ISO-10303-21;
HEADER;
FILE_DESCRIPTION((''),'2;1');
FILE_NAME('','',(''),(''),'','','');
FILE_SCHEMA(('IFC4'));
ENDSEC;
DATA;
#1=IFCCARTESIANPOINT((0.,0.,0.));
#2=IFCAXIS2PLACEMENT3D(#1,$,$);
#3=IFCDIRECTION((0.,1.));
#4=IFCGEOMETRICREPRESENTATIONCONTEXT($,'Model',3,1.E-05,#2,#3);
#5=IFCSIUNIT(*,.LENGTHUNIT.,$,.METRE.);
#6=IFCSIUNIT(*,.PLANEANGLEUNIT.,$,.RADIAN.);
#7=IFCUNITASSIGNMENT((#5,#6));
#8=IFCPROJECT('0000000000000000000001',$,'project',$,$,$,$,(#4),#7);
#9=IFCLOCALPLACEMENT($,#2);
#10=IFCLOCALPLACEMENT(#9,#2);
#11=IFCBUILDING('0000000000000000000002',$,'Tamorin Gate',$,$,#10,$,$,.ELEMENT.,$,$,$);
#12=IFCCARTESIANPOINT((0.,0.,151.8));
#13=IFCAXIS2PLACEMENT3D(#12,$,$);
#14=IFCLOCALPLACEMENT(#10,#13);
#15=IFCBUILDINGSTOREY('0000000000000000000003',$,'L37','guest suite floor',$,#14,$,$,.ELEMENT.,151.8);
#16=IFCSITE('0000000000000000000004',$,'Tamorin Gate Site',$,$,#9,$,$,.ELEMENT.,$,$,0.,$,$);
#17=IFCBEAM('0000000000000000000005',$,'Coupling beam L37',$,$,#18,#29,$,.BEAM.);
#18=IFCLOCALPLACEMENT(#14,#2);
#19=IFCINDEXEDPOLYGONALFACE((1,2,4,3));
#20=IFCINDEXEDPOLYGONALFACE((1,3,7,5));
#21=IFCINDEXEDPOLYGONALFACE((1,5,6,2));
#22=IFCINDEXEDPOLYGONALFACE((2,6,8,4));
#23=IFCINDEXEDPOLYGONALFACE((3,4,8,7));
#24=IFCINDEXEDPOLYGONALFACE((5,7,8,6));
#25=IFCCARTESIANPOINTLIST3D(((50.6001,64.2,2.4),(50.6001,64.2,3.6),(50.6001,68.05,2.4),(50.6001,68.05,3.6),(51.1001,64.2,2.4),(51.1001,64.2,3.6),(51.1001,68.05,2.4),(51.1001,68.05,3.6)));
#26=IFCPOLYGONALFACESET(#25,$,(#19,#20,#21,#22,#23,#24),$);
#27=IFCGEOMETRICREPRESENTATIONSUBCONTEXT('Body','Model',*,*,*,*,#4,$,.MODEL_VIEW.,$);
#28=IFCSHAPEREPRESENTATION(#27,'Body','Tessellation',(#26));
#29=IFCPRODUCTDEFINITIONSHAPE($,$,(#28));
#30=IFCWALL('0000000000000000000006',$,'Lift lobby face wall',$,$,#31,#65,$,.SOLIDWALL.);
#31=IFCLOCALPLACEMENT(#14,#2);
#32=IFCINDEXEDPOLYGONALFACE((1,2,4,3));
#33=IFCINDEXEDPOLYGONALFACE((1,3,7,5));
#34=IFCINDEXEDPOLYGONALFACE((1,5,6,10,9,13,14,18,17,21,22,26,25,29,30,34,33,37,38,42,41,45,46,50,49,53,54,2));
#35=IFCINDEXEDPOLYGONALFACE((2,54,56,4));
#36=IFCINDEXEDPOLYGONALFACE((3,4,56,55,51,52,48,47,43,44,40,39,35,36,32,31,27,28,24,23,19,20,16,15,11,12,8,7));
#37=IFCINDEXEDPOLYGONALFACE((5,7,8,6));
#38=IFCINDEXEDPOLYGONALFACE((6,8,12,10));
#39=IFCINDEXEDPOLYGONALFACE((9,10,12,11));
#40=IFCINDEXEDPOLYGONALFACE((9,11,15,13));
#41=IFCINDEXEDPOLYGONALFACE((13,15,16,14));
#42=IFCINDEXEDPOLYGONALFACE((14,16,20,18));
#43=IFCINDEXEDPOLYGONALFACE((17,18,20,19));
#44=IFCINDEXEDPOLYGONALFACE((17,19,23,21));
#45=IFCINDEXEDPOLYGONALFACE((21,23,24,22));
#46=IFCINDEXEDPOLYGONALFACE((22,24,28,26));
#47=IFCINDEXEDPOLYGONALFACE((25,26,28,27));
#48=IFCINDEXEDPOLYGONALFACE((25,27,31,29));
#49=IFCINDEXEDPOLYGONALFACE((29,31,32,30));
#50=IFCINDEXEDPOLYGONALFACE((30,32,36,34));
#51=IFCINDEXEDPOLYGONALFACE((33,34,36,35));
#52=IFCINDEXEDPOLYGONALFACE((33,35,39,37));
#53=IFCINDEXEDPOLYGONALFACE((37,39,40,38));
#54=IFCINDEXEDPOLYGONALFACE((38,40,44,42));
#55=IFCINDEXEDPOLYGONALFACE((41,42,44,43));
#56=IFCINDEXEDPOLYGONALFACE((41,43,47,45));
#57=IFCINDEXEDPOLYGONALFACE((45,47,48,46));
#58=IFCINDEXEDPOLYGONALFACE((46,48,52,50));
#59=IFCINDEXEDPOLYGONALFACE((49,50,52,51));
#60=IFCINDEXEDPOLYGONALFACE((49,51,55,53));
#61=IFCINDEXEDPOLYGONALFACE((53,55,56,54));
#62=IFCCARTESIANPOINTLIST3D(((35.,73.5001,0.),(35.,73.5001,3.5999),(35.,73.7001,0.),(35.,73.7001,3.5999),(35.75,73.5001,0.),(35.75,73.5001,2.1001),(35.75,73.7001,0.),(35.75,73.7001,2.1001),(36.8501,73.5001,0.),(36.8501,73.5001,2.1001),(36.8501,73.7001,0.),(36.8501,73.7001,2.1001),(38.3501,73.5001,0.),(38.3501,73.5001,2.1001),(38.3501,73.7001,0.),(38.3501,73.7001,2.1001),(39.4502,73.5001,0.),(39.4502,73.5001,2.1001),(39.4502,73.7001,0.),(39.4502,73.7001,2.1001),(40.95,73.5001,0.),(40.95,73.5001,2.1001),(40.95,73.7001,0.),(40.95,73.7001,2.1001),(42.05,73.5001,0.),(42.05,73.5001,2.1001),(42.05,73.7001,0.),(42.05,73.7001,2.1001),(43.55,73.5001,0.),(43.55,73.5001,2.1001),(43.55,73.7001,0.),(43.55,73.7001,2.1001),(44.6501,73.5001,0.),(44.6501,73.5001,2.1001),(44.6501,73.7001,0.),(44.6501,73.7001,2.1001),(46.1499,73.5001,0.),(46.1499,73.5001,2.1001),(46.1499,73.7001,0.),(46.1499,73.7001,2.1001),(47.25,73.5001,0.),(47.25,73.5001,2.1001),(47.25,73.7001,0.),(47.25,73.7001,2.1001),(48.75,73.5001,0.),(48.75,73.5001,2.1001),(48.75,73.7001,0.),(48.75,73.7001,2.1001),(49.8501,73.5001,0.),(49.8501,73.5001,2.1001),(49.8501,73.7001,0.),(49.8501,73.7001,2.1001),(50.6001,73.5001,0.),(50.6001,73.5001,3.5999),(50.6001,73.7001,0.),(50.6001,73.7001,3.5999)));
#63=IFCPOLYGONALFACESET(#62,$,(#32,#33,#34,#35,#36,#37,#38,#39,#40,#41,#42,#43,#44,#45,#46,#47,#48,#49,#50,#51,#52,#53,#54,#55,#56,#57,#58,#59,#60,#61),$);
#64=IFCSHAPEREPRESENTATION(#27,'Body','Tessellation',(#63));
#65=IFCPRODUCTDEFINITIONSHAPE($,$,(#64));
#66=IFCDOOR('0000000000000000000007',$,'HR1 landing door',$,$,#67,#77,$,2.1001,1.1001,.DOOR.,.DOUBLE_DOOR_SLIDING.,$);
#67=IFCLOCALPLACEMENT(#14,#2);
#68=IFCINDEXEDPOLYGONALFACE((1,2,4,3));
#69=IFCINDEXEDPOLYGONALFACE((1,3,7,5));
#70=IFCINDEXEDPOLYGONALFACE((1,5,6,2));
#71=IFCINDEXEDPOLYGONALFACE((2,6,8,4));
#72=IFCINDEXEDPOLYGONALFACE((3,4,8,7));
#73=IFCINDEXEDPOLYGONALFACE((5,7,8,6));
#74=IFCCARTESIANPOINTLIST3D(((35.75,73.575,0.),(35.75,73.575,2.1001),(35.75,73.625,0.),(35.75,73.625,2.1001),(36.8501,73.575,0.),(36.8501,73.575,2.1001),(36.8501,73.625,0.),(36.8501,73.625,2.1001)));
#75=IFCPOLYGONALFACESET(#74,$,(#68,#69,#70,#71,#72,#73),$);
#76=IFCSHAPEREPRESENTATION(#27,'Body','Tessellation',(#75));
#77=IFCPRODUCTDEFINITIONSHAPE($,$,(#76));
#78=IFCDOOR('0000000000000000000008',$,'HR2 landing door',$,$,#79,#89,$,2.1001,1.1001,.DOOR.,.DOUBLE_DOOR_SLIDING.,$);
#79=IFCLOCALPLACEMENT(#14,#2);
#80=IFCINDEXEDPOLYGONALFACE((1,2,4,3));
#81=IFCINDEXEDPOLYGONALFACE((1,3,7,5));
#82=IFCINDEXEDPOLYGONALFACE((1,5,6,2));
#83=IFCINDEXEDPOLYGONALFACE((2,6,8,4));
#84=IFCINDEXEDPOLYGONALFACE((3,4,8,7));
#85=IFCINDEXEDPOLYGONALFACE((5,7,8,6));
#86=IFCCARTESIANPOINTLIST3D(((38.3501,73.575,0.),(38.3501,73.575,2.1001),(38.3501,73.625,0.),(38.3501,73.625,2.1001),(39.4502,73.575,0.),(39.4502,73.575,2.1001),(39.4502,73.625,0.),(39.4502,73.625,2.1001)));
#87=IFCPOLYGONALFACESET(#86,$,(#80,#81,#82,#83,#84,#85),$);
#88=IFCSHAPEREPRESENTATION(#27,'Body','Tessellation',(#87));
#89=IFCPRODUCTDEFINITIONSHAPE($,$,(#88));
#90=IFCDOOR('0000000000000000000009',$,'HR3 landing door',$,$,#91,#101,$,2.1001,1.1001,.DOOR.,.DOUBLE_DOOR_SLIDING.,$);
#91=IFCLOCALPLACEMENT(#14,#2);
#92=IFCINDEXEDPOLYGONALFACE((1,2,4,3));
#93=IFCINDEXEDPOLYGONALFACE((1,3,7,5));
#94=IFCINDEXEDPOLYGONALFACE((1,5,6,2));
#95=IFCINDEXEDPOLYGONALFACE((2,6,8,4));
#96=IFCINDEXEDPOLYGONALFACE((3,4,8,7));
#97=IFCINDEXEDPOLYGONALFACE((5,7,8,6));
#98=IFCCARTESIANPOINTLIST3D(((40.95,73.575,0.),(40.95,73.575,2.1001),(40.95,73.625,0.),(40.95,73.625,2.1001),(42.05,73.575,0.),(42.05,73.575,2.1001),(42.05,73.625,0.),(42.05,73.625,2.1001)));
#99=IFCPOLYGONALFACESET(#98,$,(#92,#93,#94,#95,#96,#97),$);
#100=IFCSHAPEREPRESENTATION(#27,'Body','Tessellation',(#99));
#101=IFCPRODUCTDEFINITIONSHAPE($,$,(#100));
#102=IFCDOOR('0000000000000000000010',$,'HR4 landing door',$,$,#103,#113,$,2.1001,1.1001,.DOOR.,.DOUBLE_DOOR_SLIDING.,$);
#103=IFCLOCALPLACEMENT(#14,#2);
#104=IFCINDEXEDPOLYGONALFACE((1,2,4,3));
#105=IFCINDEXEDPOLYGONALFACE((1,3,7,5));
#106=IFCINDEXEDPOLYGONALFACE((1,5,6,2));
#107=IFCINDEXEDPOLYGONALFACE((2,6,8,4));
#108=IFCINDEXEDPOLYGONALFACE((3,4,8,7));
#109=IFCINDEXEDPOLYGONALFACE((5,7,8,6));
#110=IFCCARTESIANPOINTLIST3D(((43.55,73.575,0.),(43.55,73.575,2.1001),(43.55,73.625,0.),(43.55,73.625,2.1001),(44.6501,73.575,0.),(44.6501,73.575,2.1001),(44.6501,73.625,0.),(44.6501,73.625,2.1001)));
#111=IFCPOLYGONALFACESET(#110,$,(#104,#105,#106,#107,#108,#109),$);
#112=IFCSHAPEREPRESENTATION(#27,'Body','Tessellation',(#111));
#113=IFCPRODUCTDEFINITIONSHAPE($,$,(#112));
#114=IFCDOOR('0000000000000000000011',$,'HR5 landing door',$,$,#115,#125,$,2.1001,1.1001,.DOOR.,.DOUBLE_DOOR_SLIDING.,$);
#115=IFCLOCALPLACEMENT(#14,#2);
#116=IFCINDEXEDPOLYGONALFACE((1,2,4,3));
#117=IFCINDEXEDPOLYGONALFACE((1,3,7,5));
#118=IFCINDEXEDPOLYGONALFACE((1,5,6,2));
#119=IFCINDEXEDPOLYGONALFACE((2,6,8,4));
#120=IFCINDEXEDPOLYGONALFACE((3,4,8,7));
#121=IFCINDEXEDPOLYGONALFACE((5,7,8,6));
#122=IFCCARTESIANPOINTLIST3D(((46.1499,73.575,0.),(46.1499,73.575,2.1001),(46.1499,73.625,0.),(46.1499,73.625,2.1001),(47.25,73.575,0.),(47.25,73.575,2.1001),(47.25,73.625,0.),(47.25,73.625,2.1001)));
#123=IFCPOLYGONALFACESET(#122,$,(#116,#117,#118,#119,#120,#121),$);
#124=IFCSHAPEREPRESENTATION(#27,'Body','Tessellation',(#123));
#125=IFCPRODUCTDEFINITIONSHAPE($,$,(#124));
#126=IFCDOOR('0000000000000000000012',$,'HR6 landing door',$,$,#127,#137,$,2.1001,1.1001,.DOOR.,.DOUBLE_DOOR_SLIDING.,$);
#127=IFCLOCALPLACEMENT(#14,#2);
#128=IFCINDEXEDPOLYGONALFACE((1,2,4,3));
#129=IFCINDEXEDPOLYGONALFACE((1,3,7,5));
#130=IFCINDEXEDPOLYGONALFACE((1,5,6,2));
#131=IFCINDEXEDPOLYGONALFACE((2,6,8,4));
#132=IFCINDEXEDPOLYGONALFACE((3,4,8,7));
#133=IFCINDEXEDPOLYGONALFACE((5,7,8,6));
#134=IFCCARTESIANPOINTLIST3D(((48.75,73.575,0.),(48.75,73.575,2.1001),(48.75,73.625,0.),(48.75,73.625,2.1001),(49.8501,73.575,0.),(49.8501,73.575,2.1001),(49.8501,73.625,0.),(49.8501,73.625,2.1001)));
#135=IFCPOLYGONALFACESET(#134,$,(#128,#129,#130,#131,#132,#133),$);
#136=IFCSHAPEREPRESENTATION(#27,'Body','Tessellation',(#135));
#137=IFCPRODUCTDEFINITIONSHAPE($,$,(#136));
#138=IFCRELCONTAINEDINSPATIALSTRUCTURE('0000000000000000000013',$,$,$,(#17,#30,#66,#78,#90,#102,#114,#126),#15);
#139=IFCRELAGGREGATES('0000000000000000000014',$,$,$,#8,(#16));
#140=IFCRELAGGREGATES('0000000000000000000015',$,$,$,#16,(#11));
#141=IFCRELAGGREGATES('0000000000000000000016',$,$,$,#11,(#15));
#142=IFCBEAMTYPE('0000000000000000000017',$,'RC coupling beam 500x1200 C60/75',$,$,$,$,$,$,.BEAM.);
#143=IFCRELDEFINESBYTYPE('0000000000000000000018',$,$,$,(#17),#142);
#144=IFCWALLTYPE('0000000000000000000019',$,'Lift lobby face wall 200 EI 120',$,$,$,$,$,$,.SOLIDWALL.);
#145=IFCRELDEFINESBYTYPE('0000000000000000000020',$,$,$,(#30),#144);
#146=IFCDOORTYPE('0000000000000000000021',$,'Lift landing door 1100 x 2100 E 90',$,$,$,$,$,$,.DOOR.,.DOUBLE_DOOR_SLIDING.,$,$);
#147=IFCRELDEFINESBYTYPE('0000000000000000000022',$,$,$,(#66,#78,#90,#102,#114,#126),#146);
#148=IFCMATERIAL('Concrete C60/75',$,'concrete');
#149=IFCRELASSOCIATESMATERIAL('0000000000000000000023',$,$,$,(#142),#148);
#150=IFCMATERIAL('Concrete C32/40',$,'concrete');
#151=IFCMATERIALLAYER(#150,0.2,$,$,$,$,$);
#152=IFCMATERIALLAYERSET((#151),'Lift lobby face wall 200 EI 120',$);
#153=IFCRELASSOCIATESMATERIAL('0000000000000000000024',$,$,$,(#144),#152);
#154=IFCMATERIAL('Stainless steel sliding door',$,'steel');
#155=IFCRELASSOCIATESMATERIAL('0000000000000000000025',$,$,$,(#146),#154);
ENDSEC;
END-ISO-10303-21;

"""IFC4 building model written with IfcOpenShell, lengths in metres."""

from ifc_helpers import new_model, si_unit, direction, frame, frame_2d, origin, origin_2d, place, context, subcontext, project, spatial, rectangle, extrude, material, layer, layer_set, material_profile, profile_set, type_object, element, fill, save


model = new_model("IFC4")

# Units and contexts
model_context = context("Model", 3, precision=1e-05, world=origin(), true_north=direction((0.0, 1.0)))
body_context = subcontext(model_context, "Body", "Model", "MODEL_VIEW")
ifc_project = project(units=[si_unit("LENGTHUNIT", "METRE"), si_unit("PLANEANGLEUNIT", "RADIAN")], contexts=[model_context])

# Site, building, storey
site_placement = place(None, origin())
site = spatial("IfcSite", under=ifc_project, at=site_placement, Name="Tamorin Gate Site", CompositionType="ELEMENT", RefElevation=0.0)
building_placement = place(site_placement, origin())
building = spatial("IfcBuilding", under=site, at=building_placement, Name="Tamorin Gate", CompositionType="ELEMENT")
storey_placement = place(building_placement, frame((0.0, 0.0, 151.8)))
storey = spatial("IfcBuildingStorey", under=building, at=storey_placement, Name="L37", Description="guest suite floor", CompositionType="ELEMENT", Elevation=151.8)

# Beam
ifc_material_1 = material(Name="Concrete C60/75", Category="concrete")
ifc_material_profile = material_profile(ifc_material_1, rectangle(XDim=0.5, YDim=1.2, at=origin_2d()), Name="RC 500x1200")
ifc_profile_set = profile_set([ifc_material_profile], Name="Concrete C60/75")
beam_type = type_object("IfcBeamType", Name="RC coupling beam 500x1200 C60/75", PredefinedType="BEAM", material=ifc_profile_set)
beam_placement = place(storey_placement, frame((50.8501, 64.2, 3.0), z_axis=(0.0, 1.0, 0.0), x_axis=(-1.0, 0.0, 0.0)))
element("IfcBeam", 1, at=beam_placement, inside=storey, type_object=beam_type, Name="Coupling beam L37", PredefinedType="BEAM", context=body_context, shape_type="SweptSolid", body=[
    extrude(rectangle(XDim=0.5, YDim=1.2, at=origin_2d()), origin(), (0.0, 0.0, 1.0), 3.8501),
])

# Wall, openings, doors
ifc_material_2 = material(Name="Concrete C32/40", Category="concrete")
ifc_layer_1 = layer(ifc_material_2, 0.2)
ifc_layer_set_1 = layer_set([ifc_layer_1], Name="Lift lobby face wall 200 EI 120")
wall_type_1 = type_object("IfcWallType", Name="Lift lobby face wall 200 EI 120", PredefinedType="SOLIDWALL", material=ifc_layer_set_1)
wall_1_placement = place(storey_placement, frame((35.0, 73.6001, 0.0), z_axis=(0.0, 0.0, 1.0), x_axis=(1.0, 0.0, 0.0)))
wall_1 = element("IfcWall", 2, at=wall_1_placement, inside=storey, type_object=wall_type_1, Name="Lift lobby face wall", PredefinedType="SOLIDWALL", context=body_context, shape_type="SweptSolid", body=[
    extrude(rectangle(XDim=15.6001, YDim=0.2, at=frame_2d((7.8, 0.0))), origin(), (0.0, 0.0, 1.0), 3.5999),
])
opening_1_placement = place(wall_1_placement, frame((0.75, 0.0, 0.0)))
opening_1 = element("IfcOpeningElement", 3, at=opening_1_placement, cuts=wall_1, PredefinedType="OPENING", context=body_context, shape_type="SweptSolid", body=[
    extrude(rectangle(XDim=1.1001, YDim=2.1001, at=frame_2d((0.55, 1.05))), frame((0.0, 0.1099, 0.0), z_axis=(0.0, -1.0, 0.0), x_axis=(1.0, 0.0, 0.0)), (0.0, 0.0, 1.0), 0.22),
])
opening_2_placement = place(wall_1_placement, frame((3.3501, 0.0, 0.0)))
opening_2 = element("IfcOpeningElement", 4, at=opening_2_placement, cuts=wall_1, PredefinedType="OPENING", context=body_context, shape_type="SweptSolid", body=[
    extrude(rectangle(XDim=1.1001, YDim=2.1001, at=frame_2d((0.55, 1.05))), frame((0.0, 0.1099, 0.0), z_axis=(0.0, -1.0, 0.0), x_axis=(1.0, 0.0, 0.0)), (0.0, 0.0, 1.0), 0.22),
])
opening_3_placement = place(wall_1_placement, frame((5.95, 0.0, 0.0)))
opening_3 = element("IfcOpeningElement", 5, at=opening_3_placement, cuts=wall_1, PredefinedType="OPENING", context=body_context, shape_type="SweptSolid", body=[
    extrude(rectangle(XDim=1.1001, YDim=2.1001, at=frame_2d((0.55, 1.05))), frame((0.0, 0.1099, 0.0), z_axis=(0.0, -1.0, 0.0), x_axis=(1.0, 0.0, 0.0)), (0.0, 0.0, 1.0), 0.22),
])
opening_4_placement = place(wall_1_placement, frame((8.55, 0.0, 0.0)))
opening_4 = element("IfcOpeningElement", 6, at=opening_4_placement, cuts=wall_1, PredefinedType="OPENING", context=body_context, shape_type="SweptSolid", body=[
    extrude(rectangle(XDim=1.1001, YDim=2.1001, at=frame_2d((0.55, 1.05))), frame((0.0, 0.1099, 0.0), z_axis=(0.0, -1.0, 0.0), x_axis=(1.0, 0.0, 0.0)), (0.0, 0.0, 1.0), 0.22),
])
opening_5_placement = place(wall_1_placement, frame((11.1499, 0.0, 0.0)))
opening_5 = element("IfcOpeningElement", 7, at=opening_5_placement, cuts=wall_1, PredefinedType="OPENING", context=body_context, shape_type="SweptSolid", body=[
    extrude(rectangle(XDim=1.1001, YDim=2.1001, at=frame_2d((0.55, 1.05))), frame((0.0, 0.1099, 0.0), z_axis=(0.0, -1.0, 0.0), x_axis=(1.0, 0.0, 0.0)), (0.0, 0.0, 1.0), 0.22),
])
opening_6_placement = place(wall_1_placement, frame((13.75, 0.0, 0.0)))
opening_6 = element("IfcOpeningElement", 8, at=opening_6_placement, cuts=wall_1, PredefinedType="OPENING", context=body_context, shape_type="SweptSolid", body=[
    extrude(rectangle(XDim=1.1001, YDim=2.1001, at=frame_2d((0.55, 1.05))), frame((0.0, 0.1099, 0.0), z_axis=(0.0, -1.0, 0.0), x_axis=(1.0, 0.0, 0.0)), (0.0, 0.0, 1.0), 0.22),
])
ifc_material_3 = material(Name="Stainless steel sliding door", Category="steel")
door_type_1 = type_object("IfcDoorType", Name="Lift landing door 1100 x 2100 E 90", OperationType="DOUBLE_DOOR_SLIDING", PredefinedType="DOOR", material=ifc_material_3)
door_1_placement = place(opening_1_placement, origin())
door_1 = element("IfcDoor", 9, at=door_1_placement, inside=storey, type_object=door_type_1, Name="HR1 landing door", OperationType="DOUBLE_DOOR_SLIDING", OverallHeight=2.1001, OverallWidth=1.1001, PredefinedType="DOOR", context=body_context, shape_type="SweptSolid", body=[
    extrude(rectangle(XDim=1.1001, YDim=2.1001, at=frame_2d((0.55, 1.05))), frame((0.0, 0.0249, 0.0), z_axis=(0.0, -1.0, 0.0), x_axis=(1.0, 0.0, 0.0)), (0.0, 0.0, 1.0), 0.05),
])
fill(opening_1, door_1)
door_2_placement = place(opening_2_placement, origin())
door_2 = element("IfcDoor", 10, at=door_2_placement, inside=storey, type_object=door_type_1, Name="HR2 landing door", OperationType="DOUBLE_DOOR_SLIDING", OverallHeight=2.1001, OverallWidth=1.1001, PredefinedType="DOOR", context=body_context, shape_type="SweptSolid", body=[
    extrude(rectangle(XDim=1.1001, YDim=2.1001, at=frame_2d((0.55, 1.05))), frame((0.0, 0.0249, 0.0), z_axis=(0.0, -1.0, 0.0), x_axis=(1.0, 0.0, 0.0)), (0.0, 0.0, 1.0), 0.05),
])
fill(opening_2, door_2)
door_3_placement = place(opening_3_placement, origin())
door_3 = element("IfcDoor", 11, at=door_3_placement, inside=storey, type_object=door_type_1, Name="HR3 landing door", OperationType="DOUBLE_DOOR_SLIDING", OverallHeight=2.1001, OverallWidth=1.1001, PredefinedType="DOOR", context=body_context, shape_type="SweptSolid", body=[
    extrude(rectangle(XDim=1.1001, YDim=2.1001, at=frame_2d((0.55, 1.05))), frame((0.0, 0.0249, 0.0), z_axis=(0.0, -1.0, 0.0), x_axis=(1.0, 0.0, 0.0)), (0.0, 0.0, 1.0), 0.05),
])
fill(opening_3, door_3)
door_4_placement = place(opening_4_placement, origin())
door_4 = element("IfcDoor", 12, at=door_4_placement, inside=storey, type_object=door_type_1, Name="HR4 landing door", OperationType="DOUBLE_DOOR_SLIDING", OverallHeight=2.1001, OverallWidth=1.1001, PredefinedType="DOOR", context=body_context, shape_type="SweptSolid", body=[
    extrude(rectangle(XDim=1.1001, YDim=2.1001, at=frame_2d((0.55, 1.05))), frame((0.0, 0.0249, 0.0), z_axis=(0.0, -1.0, 0.0), x_axis=(1.0, 0.0, 0.0)), (0.0, 0.0, 1.0), 0.05),
])
fill(opening_4, door_4)
door_5_placement = place(opening_5_placement, origin())
door_5 = element("IfcDoor", 13, at=door_5_placement, inside=storey, type_object=door_type_1, Name="HR5 landing door", OperationType="DOUBLE_DOOR_SLIDING", OverallHeight=2.1001, OverallWidth=1.1001, PredefinedType="DOOR", context=body_context, shape_type="SweptSolid", body=[
    extrude(rectangle(XDim=1.1001, YDim=2.1001, at=frame_2d((0.55, 1.05))), frame((0.0, 0.0249, 0.0), z_axis=(0.0, -1.0, 0.0), x_axis=(1.0, 0.0, 0.0)), (0.0, 0.0, 1.0), 0.05),
])
fill(opening_5, door_5)
door_6_placement = place(opening_6_placement, origin())
door_6 = element("IfcDoor", 14, at=door_6_placement, inside=storey, type_object=door_type_1, Name="HR6 landing door", OperationType="DOUBLE_DOOR_SLIDING", OverallHeight=2.1001, OverallWidth=1.1001, PredefinedType="DOOR", context=body_context, shape_type="SweptSolid", body=[
    extrude(rectangle(XDim=1.1001, YDim=2.1001, at=frame_2d((0.55, 1.05))), frame((0.0, 0.0249, 0.0), z_axis=(0.0, -1.0, 0.0), x_axis=(1.0, 0.0, 0.0)), (0.0, 0.0, 1.0), 0.05),
])
fill(opening_6, door_6)

save(model, "model.ifc")
